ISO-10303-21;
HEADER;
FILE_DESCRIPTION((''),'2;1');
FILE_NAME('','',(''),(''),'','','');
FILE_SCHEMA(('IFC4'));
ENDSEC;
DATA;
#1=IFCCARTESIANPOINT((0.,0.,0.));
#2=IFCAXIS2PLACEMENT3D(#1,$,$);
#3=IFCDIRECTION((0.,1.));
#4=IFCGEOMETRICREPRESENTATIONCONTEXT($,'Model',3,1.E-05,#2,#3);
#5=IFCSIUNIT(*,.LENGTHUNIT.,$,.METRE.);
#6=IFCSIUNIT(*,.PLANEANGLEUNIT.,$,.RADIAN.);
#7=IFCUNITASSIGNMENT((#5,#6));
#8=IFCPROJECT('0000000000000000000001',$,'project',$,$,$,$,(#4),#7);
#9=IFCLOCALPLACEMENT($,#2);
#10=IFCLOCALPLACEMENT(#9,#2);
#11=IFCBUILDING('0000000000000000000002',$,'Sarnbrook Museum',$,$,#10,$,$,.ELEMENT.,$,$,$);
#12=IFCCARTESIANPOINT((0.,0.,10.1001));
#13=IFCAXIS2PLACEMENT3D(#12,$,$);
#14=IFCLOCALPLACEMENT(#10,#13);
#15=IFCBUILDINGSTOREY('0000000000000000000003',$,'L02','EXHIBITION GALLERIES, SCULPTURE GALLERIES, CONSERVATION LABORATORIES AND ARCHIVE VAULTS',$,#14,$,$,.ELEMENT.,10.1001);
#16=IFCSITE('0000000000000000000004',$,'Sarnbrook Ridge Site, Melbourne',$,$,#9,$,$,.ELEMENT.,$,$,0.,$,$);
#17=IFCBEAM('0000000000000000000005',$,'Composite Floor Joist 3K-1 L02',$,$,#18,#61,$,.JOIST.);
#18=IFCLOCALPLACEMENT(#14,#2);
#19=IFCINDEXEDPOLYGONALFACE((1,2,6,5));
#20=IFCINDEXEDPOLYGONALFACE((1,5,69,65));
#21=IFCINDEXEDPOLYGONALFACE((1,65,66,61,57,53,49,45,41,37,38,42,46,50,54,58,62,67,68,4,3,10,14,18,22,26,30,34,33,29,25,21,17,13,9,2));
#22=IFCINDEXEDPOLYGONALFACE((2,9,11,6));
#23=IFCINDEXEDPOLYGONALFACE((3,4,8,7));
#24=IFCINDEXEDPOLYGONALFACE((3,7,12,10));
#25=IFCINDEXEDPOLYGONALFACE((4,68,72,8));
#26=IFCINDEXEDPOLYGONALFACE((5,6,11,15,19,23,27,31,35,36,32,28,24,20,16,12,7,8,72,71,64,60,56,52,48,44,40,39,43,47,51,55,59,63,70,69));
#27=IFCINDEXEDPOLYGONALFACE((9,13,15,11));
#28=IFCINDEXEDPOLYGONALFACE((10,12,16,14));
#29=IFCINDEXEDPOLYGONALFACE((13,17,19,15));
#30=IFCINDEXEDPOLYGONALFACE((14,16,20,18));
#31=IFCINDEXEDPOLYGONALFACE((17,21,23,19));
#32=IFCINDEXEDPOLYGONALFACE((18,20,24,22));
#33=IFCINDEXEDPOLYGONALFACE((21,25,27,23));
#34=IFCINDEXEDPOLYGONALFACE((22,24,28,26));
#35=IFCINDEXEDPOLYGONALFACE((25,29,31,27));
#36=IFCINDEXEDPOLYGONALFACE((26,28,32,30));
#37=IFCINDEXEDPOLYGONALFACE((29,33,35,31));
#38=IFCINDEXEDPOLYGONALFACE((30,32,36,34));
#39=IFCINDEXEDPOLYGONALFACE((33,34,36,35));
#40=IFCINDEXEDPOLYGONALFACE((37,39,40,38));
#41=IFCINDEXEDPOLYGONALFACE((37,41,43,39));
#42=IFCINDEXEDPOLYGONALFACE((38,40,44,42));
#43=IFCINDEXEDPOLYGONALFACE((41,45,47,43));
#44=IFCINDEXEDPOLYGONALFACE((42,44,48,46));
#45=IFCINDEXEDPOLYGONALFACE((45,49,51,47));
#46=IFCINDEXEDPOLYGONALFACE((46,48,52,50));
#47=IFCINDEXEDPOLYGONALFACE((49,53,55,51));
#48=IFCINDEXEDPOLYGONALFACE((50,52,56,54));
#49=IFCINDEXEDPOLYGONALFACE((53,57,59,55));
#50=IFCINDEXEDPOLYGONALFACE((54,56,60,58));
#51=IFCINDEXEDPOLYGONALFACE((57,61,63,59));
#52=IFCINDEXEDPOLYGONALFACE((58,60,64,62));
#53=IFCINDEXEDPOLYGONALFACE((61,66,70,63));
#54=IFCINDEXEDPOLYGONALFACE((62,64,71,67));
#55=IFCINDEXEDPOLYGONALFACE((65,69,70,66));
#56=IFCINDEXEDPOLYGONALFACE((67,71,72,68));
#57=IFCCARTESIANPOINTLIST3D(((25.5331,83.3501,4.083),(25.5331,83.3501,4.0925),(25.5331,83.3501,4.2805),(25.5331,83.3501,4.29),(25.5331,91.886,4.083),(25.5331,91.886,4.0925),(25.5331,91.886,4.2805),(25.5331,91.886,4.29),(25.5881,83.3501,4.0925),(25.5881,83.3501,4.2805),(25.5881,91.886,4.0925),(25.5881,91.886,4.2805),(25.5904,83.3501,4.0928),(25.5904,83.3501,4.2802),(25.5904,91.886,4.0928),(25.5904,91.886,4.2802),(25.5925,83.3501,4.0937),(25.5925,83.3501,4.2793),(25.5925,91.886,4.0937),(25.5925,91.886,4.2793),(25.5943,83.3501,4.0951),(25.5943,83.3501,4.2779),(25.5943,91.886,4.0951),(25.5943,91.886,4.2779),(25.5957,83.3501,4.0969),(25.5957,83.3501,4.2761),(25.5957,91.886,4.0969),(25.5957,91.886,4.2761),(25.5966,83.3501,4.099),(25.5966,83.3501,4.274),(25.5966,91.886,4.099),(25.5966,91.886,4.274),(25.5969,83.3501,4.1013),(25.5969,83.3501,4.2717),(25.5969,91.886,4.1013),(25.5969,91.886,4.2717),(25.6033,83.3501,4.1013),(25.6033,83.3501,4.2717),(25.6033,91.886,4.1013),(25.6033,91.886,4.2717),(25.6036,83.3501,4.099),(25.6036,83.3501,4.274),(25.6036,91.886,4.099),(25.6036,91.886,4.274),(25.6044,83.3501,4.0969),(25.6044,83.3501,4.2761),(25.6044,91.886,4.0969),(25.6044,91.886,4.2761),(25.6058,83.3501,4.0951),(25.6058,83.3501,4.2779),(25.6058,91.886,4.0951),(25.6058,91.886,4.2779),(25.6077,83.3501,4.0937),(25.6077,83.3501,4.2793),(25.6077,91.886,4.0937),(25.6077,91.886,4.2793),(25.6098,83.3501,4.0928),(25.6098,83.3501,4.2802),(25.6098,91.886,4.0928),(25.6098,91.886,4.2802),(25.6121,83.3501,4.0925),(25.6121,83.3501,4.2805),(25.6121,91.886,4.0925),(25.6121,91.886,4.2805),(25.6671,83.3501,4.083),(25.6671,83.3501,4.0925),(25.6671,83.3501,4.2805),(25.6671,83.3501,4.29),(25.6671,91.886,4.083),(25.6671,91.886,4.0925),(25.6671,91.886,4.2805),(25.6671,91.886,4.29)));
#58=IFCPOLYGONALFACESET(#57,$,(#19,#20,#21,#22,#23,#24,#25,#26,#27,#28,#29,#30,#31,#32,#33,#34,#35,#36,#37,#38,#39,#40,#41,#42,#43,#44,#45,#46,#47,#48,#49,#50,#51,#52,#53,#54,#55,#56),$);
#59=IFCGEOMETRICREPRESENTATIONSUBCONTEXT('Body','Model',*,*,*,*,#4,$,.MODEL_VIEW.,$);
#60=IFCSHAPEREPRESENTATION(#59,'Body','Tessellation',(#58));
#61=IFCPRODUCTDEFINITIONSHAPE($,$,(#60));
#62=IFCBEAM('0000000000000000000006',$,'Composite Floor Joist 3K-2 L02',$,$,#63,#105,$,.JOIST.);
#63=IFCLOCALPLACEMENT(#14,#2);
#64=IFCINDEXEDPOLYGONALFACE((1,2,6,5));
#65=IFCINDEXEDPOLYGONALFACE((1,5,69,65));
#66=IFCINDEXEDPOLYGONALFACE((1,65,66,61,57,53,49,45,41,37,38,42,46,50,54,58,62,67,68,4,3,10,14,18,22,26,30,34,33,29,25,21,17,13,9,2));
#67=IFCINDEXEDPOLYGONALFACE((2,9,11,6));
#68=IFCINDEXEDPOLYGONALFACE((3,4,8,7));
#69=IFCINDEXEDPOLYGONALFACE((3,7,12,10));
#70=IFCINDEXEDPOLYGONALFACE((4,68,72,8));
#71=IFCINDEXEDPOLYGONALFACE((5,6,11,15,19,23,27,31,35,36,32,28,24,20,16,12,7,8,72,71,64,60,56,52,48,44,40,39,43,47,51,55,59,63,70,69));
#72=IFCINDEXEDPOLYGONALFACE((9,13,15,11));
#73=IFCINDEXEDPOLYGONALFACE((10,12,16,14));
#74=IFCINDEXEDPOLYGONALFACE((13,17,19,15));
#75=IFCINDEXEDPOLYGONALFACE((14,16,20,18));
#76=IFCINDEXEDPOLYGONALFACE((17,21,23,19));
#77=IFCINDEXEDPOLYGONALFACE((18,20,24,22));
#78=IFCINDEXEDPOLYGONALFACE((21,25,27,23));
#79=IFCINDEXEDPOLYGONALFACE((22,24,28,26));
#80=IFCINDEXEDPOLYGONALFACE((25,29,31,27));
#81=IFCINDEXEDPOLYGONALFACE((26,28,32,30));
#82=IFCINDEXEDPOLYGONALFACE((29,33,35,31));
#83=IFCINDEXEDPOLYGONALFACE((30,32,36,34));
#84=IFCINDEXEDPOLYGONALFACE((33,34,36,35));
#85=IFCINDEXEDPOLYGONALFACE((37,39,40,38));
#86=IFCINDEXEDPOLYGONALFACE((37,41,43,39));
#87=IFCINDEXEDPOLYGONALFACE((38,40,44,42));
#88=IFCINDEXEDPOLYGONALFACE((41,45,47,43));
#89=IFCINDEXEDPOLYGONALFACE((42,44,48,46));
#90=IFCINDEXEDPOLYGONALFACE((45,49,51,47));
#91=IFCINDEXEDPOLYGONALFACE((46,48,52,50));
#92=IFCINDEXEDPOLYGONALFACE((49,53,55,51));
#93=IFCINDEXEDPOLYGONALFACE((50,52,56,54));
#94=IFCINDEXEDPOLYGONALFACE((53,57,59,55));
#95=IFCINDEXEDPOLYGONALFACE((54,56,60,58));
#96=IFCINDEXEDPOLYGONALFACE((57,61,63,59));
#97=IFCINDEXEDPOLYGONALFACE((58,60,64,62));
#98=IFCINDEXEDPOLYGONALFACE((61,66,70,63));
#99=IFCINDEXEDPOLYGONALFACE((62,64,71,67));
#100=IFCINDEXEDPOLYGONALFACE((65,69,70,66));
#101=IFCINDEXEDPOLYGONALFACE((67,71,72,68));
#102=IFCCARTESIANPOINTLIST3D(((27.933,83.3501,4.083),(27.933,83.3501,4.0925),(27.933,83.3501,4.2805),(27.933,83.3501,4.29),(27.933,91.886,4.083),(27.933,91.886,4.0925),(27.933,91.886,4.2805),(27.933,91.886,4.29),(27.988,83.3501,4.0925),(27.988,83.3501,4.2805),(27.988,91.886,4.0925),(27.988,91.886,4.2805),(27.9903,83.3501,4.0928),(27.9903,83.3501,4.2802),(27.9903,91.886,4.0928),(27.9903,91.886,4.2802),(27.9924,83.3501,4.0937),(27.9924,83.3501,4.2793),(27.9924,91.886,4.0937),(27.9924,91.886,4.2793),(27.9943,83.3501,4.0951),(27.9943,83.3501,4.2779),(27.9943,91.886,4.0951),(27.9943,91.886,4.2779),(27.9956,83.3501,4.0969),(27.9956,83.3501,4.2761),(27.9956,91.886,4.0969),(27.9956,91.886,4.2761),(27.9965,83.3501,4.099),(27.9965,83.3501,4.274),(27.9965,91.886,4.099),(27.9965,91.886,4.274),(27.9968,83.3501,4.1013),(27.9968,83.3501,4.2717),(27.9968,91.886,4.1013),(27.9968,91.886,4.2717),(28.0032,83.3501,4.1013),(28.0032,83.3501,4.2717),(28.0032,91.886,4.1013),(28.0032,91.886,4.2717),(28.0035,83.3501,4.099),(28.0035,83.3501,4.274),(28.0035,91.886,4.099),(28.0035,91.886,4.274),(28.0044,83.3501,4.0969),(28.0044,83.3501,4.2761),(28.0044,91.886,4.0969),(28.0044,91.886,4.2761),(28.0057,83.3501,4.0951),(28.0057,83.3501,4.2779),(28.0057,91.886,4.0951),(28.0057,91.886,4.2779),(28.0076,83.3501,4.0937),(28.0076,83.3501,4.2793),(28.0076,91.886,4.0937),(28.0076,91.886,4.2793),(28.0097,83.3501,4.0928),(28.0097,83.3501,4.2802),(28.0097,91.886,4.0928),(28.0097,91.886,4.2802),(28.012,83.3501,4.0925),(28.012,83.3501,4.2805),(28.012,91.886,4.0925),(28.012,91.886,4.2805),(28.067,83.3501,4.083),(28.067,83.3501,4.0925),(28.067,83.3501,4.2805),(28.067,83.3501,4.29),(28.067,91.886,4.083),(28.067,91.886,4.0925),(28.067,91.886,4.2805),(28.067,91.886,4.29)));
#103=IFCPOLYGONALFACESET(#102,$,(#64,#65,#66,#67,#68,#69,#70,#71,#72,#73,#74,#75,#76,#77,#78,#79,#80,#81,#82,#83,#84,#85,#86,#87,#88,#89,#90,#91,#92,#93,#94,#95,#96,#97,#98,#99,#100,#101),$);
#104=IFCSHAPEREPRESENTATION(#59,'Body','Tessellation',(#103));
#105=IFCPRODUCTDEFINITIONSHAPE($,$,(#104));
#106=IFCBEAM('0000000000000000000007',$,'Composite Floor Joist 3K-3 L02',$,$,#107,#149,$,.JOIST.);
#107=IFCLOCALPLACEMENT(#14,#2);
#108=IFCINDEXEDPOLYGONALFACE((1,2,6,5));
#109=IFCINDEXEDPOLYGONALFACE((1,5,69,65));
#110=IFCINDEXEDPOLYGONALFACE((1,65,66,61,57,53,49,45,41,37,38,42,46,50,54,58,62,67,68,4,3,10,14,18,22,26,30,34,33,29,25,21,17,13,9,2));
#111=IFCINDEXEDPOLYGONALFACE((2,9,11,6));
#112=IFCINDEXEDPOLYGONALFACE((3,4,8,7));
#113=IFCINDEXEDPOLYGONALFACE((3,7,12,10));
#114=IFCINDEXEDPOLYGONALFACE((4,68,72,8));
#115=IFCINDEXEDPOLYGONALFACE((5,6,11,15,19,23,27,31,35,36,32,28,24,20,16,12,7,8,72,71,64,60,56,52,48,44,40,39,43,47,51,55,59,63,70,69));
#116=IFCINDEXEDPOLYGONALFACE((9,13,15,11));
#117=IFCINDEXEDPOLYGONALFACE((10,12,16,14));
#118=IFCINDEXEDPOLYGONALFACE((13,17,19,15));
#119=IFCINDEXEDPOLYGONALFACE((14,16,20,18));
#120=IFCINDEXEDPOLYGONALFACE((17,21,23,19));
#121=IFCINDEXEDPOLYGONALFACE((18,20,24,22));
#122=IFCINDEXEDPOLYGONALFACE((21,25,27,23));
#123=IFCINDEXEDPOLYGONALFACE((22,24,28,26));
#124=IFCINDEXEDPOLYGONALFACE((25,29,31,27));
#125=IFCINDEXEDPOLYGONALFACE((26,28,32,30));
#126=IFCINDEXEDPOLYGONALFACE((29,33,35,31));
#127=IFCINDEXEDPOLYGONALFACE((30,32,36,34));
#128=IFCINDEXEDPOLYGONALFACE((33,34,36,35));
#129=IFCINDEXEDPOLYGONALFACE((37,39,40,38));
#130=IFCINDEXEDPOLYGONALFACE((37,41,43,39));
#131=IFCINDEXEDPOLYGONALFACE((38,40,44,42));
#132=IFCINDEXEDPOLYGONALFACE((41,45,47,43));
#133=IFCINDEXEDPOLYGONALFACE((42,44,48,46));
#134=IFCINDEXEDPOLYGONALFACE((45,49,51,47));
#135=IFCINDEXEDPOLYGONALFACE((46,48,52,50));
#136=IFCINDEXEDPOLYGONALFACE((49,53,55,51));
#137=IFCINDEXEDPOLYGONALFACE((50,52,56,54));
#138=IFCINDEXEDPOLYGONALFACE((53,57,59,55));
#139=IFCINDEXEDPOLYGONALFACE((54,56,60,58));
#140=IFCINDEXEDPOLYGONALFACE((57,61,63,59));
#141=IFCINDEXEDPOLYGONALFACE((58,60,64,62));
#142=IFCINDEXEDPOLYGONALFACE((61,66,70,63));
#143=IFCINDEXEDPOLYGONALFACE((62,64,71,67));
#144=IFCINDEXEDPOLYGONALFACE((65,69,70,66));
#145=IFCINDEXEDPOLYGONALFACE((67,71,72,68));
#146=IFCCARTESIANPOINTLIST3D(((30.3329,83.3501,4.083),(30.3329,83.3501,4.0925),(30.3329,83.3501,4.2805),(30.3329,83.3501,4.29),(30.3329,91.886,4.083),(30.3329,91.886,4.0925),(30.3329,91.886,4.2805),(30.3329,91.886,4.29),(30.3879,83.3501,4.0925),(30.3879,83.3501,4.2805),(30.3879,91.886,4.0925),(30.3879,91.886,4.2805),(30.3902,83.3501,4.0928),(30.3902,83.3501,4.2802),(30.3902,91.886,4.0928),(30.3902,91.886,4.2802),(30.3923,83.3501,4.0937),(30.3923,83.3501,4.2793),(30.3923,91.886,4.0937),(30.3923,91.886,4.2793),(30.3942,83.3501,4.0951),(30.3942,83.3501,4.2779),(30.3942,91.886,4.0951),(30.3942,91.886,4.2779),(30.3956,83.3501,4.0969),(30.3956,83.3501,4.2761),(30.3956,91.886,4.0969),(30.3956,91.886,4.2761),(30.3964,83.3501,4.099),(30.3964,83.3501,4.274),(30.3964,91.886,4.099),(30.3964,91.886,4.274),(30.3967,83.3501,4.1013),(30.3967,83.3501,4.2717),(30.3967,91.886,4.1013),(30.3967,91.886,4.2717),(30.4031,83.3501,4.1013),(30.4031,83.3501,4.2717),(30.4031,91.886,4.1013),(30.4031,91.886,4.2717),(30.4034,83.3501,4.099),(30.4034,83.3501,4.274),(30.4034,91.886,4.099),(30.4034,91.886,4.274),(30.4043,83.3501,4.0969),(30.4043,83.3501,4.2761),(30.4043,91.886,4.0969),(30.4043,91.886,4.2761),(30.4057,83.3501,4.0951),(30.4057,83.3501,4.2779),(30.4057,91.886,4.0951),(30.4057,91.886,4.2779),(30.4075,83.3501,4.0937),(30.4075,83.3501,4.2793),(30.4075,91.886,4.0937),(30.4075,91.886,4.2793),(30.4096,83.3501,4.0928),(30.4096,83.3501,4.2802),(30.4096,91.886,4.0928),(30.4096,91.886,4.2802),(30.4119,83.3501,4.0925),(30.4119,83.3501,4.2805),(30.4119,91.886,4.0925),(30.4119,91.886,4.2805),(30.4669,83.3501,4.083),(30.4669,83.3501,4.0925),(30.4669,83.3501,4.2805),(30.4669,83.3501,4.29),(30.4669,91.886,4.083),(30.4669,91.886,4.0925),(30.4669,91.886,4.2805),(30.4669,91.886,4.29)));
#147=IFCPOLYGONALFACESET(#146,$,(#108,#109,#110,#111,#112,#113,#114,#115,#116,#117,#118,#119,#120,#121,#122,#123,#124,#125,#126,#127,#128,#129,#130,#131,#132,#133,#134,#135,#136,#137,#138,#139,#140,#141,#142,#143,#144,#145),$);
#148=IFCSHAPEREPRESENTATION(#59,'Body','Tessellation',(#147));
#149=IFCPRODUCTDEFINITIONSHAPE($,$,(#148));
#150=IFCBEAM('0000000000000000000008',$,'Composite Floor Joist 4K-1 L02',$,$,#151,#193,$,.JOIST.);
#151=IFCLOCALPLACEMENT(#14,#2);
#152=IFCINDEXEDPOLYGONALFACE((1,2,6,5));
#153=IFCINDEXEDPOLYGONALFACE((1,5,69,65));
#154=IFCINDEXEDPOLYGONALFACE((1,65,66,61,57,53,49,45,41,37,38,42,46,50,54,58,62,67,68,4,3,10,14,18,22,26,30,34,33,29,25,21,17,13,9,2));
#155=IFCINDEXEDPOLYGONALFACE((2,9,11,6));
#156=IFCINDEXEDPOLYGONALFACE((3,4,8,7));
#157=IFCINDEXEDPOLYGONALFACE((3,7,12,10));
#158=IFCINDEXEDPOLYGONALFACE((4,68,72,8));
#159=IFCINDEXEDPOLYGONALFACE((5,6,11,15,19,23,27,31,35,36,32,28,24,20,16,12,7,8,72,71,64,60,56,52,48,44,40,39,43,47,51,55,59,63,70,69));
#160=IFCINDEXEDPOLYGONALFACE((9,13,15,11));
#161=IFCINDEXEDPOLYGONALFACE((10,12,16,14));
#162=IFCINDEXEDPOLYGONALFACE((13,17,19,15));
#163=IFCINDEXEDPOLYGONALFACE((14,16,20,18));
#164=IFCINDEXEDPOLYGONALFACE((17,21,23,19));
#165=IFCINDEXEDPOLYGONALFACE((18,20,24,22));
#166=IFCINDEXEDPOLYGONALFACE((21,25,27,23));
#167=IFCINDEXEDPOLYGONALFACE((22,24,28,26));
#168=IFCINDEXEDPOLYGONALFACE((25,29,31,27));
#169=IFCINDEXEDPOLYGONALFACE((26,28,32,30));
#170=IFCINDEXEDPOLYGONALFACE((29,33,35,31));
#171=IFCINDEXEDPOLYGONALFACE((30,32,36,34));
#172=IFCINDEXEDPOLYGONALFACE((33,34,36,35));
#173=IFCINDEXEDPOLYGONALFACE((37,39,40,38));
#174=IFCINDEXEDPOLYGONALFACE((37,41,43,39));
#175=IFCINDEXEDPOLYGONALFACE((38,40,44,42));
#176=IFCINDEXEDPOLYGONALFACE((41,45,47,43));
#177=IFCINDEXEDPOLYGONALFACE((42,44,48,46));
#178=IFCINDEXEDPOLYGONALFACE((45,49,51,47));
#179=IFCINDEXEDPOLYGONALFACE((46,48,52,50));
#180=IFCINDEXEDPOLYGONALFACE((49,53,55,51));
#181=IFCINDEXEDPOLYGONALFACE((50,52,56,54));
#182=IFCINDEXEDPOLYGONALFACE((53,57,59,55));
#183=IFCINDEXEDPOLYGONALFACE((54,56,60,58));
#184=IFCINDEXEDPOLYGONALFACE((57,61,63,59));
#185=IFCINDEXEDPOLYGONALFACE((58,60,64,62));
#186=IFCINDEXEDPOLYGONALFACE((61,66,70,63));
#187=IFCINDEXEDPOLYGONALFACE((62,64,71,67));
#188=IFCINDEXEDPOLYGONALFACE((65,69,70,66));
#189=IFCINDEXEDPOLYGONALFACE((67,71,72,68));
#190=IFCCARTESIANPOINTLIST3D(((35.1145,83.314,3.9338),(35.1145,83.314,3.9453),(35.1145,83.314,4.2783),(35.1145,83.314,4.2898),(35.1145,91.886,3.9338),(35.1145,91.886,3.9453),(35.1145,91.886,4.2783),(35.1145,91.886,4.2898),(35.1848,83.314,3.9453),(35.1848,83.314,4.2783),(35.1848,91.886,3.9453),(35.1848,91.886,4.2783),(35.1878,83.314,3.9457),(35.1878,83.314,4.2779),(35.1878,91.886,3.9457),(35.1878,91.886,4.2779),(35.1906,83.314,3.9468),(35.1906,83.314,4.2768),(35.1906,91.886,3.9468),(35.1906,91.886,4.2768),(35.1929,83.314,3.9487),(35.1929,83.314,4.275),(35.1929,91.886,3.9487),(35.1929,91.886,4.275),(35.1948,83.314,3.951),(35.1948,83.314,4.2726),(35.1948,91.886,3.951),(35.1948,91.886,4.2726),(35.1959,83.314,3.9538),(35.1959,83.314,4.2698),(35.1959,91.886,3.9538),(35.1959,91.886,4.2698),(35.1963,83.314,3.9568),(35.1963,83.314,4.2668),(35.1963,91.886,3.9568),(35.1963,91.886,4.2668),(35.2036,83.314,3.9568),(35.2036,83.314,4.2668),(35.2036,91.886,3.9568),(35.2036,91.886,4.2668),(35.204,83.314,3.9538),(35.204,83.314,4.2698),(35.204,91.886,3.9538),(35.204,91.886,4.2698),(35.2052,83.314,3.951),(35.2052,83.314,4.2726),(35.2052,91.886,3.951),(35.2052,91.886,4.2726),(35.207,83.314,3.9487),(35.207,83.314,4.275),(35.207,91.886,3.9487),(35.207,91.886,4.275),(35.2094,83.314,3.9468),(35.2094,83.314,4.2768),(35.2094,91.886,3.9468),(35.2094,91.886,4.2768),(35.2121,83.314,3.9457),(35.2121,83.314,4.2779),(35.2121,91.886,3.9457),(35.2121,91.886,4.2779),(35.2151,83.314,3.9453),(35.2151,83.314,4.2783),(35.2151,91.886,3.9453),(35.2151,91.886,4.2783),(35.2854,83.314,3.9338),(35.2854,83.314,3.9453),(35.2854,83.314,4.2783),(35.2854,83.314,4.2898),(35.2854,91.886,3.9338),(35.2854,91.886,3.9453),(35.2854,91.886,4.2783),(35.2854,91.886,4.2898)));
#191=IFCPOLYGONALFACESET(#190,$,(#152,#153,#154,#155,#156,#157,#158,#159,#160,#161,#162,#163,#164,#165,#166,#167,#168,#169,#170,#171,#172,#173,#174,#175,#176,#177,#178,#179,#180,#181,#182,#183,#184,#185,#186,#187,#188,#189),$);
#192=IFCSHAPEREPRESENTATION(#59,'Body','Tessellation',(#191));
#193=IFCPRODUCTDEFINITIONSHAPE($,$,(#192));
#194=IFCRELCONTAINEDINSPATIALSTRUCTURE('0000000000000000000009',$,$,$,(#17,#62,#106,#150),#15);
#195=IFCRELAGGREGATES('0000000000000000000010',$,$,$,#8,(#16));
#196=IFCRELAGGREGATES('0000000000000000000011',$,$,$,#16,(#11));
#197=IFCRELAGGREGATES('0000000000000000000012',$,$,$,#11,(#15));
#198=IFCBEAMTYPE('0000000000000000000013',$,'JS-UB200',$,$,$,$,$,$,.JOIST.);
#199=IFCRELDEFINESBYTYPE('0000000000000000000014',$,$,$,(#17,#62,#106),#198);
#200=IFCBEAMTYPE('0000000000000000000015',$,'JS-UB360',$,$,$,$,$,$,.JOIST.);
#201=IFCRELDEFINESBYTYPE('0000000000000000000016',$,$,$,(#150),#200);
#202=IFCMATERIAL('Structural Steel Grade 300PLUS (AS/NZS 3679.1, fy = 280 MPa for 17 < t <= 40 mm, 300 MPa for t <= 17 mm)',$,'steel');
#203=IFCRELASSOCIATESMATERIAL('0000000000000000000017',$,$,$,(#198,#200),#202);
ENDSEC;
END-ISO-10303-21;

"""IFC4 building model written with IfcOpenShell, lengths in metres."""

from ifc_helpers import new_model, si_unit, direction, frame, origin, origin_2d, place, context, subcontext, project, spatial, i_section, extrude, material, material_profile, profile_set, type_object, element, save


model = new_model("IFC4")

# Units and contexts
model_context = context("Model", 3, precision=1e-05, world=origin(), true_north=direction((0.0, 1.0)))
body_context = subcontext(model_context, "Body", "Model", "MODEL_VIEW")
ifc_project = project(units=[si_unit("LENGTHUNIT", "METRE"), si_unit("PLANEANGLEUNIT", "RADIAN")], contexts=[model_context])

# Site, building, storey
site_placement = place(None, origin())
site = spatial("IfcSite", under=ifc_project, at=site_placement, Name="Sarnbrook Ridge Site, Melbourne", CompositionType="ELEMENT", RefElevation=0.0)
building_placement = place(site_placement, origin())
building = spatial("IfcBuilding", under=site, at=building_placement, Name="Sarnbrook Museum", CompositionType="ELEMENT")
storey_placement = place(building_placement, frame((0.0, 0.0, 10.1001)))
storey = spatial("IfcBuildingStorey", under=building, at=storey_placement, Name="L02", Description="EXHIBITION GALLERIES, SCULPTURE GALLERIES, CONSERVATION LABORATORIES AND ARCHIVE VAULTS", CompositionType="ELEMENT", Elevation=10.1001)

# Shared definitions
ifc_material_1 = material(Name="Structural Steel Grade 300PLUS (AS/NZS 3679.1, fy = 280 MPa for 17 < t <= 40 mm, 300 MPa for t <= 17 mm)", Category="steel")

# Beams
ifc_material_profile_1 = material_profile(ifc_material_1, i_section(OverallWidth=0.134, OverallDepth=0.207, WebThickness=0.0063, FlangeThickness=0.0095, FilletRadius=0.0088, at=origin_2d()), Name="200UB29.8")
ifc_profile_set_1 = profile_set([ifc_material_profile_1], Name="Structural Steel Grade 300PLUS (AS/NZS 3679.1, fy = 280 MPa for 17 < t <= 40 mm, 300 MPa for t <= 17 mm)")
beam_type_1 = type_object("IfcBeamType", Name="JS-UB200", PredefinedType="JOIST", material=ifc_profile_set_1)
for number, where, z_axis, x_axis, name in (
    (1, (25.6001, 83.3501, 4.1865), (0.0, 1.0, 0.0), (-1.0, 0.0, 0.0), "Composite Floor Joist 3K-1 L02"),
    (2, (28.0, 83.3501, 4.1865), (0.0, 1.0, 0.0), (-1.0, 0.0, 0.0), "Composite Floor Joist 3K-2 L02"),
    (3, (30.3999, 83.3501, 4.1865), (0.0, 1.0, 0.0), (-1.0, 0.0, 0.0), "Composite Floor Joist 3K-3 L02"),
):
    element("IfcBeam", number, at=place(storey_placement, frame(where, z_axis=z_axis, x_axis=x_axis)), inside=storey, type_object=beam_type_1, Name=name, PredefinedType="JOIST", context=body_context, shape_type="SweptSolid", body=[
        extrude(i_section(OverallWidth=0.134, OverallDepth=0.207, WebThickness=0.0063, FlangeThickness=0.0095, FilletRadius=0.0088, at=origin_2d()), origin(), (0.0, 0.0, 1.0), 8.5359),
    ])
ifc_material_profile_2 = material_profile(ifc_material_1, i_section(OverallWidth=0.1709, OverallDepth=0.356, WebThickness=0.0073, FlangeThickness=0.0115, FilletRadius=0.0115, at=origin_2d()), Name="360UB50.7")
ifc_profile_set_2 = profile_set([ifc_material_profile_2], Name="Structural Steel Grade 300PLUS (AS/NZS 3679.1, fy = 280 MPa for 17 < t <= 40 mm, 300 MPa for t <= 17 mm)")
beam_type_2 = type_object("IfcBeamType", Name="JS-UB360", PredefinedType="JOIST", material=ifc_profile_set_2)
for number, where, z_axis, x_axis, name in (
    (4, (35.2, 83.314, 4.1118), (0.0, 1.0, 0.0), (-1.0, 0.0, 0.0), "Composite Floor Joist 4K-1 L02"),
):
    element("IfcBeam", number, at=place(storey_placement, frame(where, z_axis=z_axis, x_axis=x_axis)), inside=storey, type_object=beam_type_2, Name=name, PredefinedType="JOIST", context=body_context, shape_type="SweptSolid", body=[
        extrude(i_section(OverallWidth=0.1709, OverallDepth=0.356, WebThickness=0.0073, FlangeThickness=0.0115, FilletRadius=0.0115, at=origin_2d()), origin(), (0.0, 0.0, 1.0), 8.572),
    ])

save(model, "model.ifc")
